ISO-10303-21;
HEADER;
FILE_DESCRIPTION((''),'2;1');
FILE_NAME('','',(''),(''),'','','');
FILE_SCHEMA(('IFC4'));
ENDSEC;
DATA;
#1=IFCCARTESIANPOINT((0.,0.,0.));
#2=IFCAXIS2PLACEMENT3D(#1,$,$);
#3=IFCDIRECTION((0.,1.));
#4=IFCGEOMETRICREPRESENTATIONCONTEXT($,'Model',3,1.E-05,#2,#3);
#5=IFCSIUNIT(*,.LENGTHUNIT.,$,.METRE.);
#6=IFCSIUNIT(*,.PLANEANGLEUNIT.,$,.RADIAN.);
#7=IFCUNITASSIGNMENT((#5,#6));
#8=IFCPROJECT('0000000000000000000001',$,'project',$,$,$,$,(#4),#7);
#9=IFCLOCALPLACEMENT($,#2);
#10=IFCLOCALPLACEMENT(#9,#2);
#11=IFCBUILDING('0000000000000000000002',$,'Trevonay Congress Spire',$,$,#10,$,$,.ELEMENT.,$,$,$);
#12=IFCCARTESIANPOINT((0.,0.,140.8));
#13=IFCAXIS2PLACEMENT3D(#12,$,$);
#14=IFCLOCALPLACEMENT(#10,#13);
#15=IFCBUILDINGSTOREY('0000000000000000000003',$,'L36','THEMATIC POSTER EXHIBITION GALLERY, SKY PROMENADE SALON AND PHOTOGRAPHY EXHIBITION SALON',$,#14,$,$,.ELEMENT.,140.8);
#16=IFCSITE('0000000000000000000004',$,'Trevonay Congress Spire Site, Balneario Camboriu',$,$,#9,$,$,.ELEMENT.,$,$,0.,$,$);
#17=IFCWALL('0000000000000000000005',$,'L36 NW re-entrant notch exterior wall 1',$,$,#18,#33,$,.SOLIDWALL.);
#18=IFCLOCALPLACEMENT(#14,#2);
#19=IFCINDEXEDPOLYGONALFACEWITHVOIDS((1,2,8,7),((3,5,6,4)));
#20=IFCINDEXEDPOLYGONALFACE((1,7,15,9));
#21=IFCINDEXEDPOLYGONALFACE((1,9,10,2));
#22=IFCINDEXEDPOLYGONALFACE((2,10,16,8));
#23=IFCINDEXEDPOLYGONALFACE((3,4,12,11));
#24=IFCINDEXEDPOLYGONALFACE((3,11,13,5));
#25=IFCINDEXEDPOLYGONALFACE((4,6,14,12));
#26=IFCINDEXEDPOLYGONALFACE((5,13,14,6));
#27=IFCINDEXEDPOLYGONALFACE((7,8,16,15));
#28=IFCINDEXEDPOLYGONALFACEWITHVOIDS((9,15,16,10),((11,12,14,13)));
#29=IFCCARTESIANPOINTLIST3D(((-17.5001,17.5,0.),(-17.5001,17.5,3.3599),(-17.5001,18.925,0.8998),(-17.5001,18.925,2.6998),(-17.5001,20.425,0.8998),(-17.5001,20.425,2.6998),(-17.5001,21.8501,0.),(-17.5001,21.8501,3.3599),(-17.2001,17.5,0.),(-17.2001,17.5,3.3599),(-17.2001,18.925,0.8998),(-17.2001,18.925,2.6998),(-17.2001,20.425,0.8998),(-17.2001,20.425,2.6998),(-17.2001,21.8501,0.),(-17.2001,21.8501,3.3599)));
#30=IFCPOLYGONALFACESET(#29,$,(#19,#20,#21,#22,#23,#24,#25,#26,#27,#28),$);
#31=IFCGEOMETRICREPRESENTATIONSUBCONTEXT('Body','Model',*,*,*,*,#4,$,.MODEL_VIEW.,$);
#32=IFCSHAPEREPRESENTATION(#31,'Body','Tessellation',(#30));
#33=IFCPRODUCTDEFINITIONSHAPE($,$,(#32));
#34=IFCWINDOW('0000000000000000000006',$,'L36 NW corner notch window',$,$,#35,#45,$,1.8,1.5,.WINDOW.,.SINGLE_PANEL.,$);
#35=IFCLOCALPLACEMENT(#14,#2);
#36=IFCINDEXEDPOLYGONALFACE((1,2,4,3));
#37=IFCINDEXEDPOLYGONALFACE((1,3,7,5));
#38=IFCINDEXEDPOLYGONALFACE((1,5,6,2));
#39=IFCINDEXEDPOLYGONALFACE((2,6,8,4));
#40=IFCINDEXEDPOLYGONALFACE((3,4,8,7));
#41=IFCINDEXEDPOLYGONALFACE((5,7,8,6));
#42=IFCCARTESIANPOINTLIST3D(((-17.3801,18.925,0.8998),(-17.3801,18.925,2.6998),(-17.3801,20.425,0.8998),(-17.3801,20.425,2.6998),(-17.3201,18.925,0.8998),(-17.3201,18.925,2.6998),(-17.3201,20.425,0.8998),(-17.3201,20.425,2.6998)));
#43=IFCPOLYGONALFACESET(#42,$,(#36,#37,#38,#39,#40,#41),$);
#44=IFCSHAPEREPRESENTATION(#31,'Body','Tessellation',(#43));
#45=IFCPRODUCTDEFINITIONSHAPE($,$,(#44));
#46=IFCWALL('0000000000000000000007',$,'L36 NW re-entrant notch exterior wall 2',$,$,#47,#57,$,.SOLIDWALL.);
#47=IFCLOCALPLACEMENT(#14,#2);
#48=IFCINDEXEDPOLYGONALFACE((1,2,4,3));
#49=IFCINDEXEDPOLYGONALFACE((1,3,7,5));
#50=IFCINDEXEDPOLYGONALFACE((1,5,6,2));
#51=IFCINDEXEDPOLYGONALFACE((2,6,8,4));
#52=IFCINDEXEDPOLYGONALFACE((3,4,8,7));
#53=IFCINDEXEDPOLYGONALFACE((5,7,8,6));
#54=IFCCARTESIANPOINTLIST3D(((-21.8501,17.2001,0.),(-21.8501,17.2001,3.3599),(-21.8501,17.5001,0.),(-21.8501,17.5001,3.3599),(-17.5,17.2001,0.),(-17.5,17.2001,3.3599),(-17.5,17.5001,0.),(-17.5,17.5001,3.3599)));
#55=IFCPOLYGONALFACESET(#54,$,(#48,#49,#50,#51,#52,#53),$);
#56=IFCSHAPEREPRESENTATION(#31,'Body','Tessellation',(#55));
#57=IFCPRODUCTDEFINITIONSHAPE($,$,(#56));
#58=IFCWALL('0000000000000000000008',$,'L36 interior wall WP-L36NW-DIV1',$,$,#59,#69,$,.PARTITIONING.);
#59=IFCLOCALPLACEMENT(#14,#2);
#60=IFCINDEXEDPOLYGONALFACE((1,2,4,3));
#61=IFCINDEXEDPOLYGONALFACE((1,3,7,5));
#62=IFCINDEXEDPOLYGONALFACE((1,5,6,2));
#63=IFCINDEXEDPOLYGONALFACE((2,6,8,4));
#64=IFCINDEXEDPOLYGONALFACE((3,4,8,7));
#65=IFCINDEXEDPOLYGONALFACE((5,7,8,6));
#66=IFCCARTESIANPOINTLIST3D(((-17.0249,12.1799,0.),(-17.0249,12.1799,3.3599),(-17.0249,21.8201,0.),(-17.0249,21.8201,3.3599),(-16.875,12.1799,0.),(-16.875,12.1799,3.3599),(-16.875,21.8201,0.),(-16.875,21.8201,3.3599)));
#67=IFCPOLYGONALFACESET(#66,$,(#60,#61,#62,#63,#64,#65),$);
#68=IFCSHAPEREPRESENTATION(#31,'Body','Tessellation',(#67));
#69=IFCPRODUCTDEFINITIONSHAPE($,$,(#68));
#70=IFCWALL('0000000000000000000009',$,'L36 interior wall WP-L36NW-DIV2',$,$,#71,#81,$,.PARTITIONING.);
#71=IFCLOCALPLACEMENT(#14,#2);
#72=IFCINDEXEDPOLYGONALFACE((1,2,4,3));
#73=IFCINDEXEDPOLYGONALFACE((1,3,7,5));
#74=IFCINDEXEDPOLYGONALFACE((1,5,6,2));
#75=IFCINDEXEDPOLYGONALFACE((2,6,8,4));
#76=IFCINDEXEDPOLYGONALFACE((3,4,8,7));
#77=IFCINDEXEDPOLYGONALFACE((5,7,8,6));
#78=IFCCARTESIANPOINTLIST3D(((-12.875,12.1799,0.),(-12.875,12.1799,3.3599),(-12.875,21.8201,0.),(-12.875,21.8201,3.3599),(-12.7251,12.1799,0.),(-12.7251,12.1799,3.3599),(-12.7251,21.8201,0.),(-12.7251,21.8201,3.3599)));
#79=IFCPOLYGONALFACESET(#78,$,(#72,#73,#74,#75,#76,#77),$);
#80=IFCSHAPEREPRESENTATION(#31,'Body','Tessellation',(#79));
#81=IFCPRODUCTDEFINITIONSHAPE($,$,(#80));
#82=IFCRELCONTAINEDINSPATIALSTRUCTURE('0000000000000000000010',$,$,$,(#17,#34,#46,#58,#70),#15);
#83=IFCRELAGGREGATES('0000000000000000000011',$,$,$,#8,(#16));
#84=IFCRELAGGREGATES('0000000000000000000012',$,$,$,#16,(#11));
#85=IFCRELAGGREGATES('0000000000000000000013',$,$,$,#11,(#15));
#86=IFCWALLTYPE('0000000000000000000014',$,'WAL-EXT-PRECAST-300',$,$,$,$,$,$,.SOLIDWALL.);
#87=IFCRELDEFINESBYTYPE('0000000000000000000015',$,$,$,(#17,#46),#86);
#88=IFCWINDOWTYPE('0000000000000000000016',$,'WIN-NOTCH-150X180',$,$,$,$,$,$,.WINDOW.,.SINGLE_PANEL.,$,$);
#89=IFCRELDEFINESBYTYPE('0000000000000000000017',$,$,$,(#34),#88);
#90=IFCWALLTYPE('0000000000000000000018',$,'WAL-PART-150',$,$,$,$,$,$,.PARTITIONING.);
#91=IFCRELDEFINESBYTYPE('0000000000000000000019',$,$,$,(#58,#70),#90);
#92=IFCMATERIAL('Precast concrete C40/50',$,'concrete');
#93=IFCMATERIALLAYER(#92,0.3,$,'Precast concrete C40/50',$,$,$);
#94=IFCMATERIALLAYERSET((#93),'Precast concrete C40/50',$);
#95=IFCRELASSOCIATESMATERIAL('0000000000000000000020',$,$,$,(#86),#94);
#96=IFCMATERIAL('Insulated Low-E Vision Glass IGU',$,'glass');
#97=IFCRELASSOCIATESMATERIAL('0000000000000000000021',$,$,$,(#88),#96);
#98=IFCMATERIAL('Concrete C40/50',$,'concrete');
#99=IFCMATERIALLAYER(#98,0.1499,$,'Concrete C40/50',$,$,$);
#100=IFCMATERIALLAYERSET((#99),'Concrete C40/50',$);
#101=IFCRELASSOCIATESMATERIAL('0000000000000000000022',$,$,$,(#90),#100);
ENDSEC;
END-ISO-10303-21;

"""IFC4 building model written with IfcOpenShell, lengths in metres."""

from ifc_helpers import new_model, si_unit, direction, frame, frame_2d, origin, place, context, subcontext, project, spatial, rectangle, extrude, material, layer, layer_set, type_object, element, fill, save


model = new_model("IFC4")

# Units and contexts
model_context = context("Model", 3, precision=1e-05, world=origin(), true_north=direction((0.0, 1.0)))
body_context = subcontext(model_context, "Body", "Model", "MODEL_VIEW")
ifc_project = project(units=[si_unit("LENGTHUNIT", "METRE"), si_unit("PLANEANGLEUNIT", "RADIAN")], contexts=[model_context])

# Site, building, storey
site_placement = place(None, origin())
site = spatial("IfcSite", under=ifc_project, at=site_placement, Name="Trevonay Congress Spire Site, Balneario Camboriu", CompositionType="ELEMENT", RefElevation=0.0)
building_placement = place(site_placement, origin())
building = spatial("IfcBuilding", under=site, at=building_placement, Name="Trevonay Congress Spire", CompositionType="ELEMENT")
storey_placement = place(building_placement, frame((0.0, 0.0, 140.8)))
storey = spatial("IfcBuildingStorey", under=building, at=storey_placement, Name="L36", Description="THEMATIC POSTER EXHIBITION GALLERY, SKY PROMENADE SALON AND PHOTOGRAPHY EXHIBITION SALON", CompositionType="ELEMENT", Elevation=140.8)

# Shared definitions
ifc_material_1 = material(Name="Insulated Low-E Vision Glass IGU", Category="glass")

# Wall, opening, window
ifc_material_2 = material(Name="Precast concrete C40/50", Category="concrete")
ifc_layer_1 = layer(ifc_material_2, 0.3, Name="Precast concrete C40/50")
ifc_layer_set_1 = layer_set([ifc_layer_1], Name="Precast concrete C40/50")
wall_type_1 = type_object("IfcWallType", Name="WAL-EXT-PRECAST-300", PredefinedType="SOLIDWALL", material=ifc_layer_set_1)
wall_1_placement = place(storey_placement, frame((-17.3501, 21.8501, 0.0), z_axis=(0.0, 0.0, 1.0), x_axis=(0.0, -1.0, 0.0)))
wall_1 = element("IfcWall", 1, at=wall_1_placement, inside=storey, type_object=wall_type_1, Name="L36 NW re-entrant notch exterior wall 1", PredefinedType="SOLIDWALL", context=body_context, shape_type="SweptSolid", body=[
    extrude(rectangle(XDim=4.3501, YDim=0.3, at=frame_2d((2.175, 0.0))), origin(), (0.0, 0.0, 1.0), 3.3599),
])
opening_placement = place(wall_1_placement, frame((1.425, 0.0, 0.8999)))
opening = element("IfcOpeningElement", 2, at=opening_placement, cuts=wall_1, PredefinedType="OPENING", context=body_context, shape_type="SweptSolid", body=[
    extrude(rectangle(XDim=1.5, YDim=1.8, at=frame_2d((0.75, 0.8999))), frame((0.0, 0.1602, 0.0), z_axis=(0.0, -1.0, 0.0), x_axis=(1.0, 0.0, 0.0)), (0.0, 0.0, 1.0), 0.3201),
])
window_type = type_object("IfcWindowType", Name="WIN-NOTCH-150X180", PartitioningType="SINGLE_PANEL", PredefinedType="WINDOW", material=ifc_material_1)
window_placement = place(opening_placement, origin())
window = element("IfcWindow", 3, at=window_placement, inside=storey, type_object=window_type, Name="L36 NW corner notch window", OverallHeight=1.8, OverallWidth=1.5, PartitioningType="SINGLE_PANEL", PredefinedType="WINDOW", context=body_context, shape_type="SweptSolid", body=[
    extrude(rectangle(XDim=1.5, YDim=1.8, at=frame_2d((0.75, 0.8999))), frame((0.0, 0.03, 0.0), z_axis=(0.0, -1.0, 0.0), x_axis=(1.0, 0.0, 0.0)), (0.0, 0.0, 1.0), 0.0601),
])
fill(opening, window)

# Walls
wall_2_placement = place(storey_placement, frame((-21.8501, 17.3501, 0.0), z_axis=(0.0, 0.0, 1.0), x_axis=(1.0, 0.0, 0.0)))
element("IfcWall", 4, at=wall_2_placement, inside=storey, type_object=wall_type_1, Name="L36 NW re-entrant notch exterior wall 2", PredefinedType="SOLIDWALL", context=body_context, shape_type="SweptSolid", body=[
    extrude(rectangle(XDim=4.3501, YDim=0.3, at=frame_2d((2.175, 0.0))), origin(), (0.0, 0.0, 1.0), 3.3599),
])
ifc_material_3 = material(Name="Concrete C40/50", Category="concrete")
ifc_layer_2 = layer(ifc_material_3, 0.1499, Name="Concrete C40/50")
ifc_layer_set_2 = layer_set([ifc_layer_2], Name="Concrete C40/50")
wall_type_2 = type_object("IfcWallType", Name="WAL-PART-150", PredefinedType="PARTITIONING", material=ifc_layer_set_2)
for number, where, z_axis, x_axis, name in (
    (5, (-16.95, 12.1799, 0.0), (0.0, 0.0, 1.0), (0.0, 1.0, 0.0), "L36 interior wall WP-L36NW-DIV1"),
    (6, (-12.8, 12.1799, 0.0), (0.0, 0.0, 1.0), (0.0, 1.0, 0.0), "L36 interior wall WP-L36NW-DIV2"),
):
    element("IfcWall", number, at=place(storey_placement, frame(where, z_axis=z_axis, x_axis=x_axis)), inside=storey, type_object=wall_type_2, Name=name, PredefinedType="PARTITIONING", context=body_context, shape_type="SweptSolid", body=[
        extrude(rectangle(XDim=9.6401, YDim=0.1499, at=frame_2d((4.8201, 0.0))), origin(), (0.0, 0.0, 1.0), 3.3599),
    ])

save(model, "model.ifc")
